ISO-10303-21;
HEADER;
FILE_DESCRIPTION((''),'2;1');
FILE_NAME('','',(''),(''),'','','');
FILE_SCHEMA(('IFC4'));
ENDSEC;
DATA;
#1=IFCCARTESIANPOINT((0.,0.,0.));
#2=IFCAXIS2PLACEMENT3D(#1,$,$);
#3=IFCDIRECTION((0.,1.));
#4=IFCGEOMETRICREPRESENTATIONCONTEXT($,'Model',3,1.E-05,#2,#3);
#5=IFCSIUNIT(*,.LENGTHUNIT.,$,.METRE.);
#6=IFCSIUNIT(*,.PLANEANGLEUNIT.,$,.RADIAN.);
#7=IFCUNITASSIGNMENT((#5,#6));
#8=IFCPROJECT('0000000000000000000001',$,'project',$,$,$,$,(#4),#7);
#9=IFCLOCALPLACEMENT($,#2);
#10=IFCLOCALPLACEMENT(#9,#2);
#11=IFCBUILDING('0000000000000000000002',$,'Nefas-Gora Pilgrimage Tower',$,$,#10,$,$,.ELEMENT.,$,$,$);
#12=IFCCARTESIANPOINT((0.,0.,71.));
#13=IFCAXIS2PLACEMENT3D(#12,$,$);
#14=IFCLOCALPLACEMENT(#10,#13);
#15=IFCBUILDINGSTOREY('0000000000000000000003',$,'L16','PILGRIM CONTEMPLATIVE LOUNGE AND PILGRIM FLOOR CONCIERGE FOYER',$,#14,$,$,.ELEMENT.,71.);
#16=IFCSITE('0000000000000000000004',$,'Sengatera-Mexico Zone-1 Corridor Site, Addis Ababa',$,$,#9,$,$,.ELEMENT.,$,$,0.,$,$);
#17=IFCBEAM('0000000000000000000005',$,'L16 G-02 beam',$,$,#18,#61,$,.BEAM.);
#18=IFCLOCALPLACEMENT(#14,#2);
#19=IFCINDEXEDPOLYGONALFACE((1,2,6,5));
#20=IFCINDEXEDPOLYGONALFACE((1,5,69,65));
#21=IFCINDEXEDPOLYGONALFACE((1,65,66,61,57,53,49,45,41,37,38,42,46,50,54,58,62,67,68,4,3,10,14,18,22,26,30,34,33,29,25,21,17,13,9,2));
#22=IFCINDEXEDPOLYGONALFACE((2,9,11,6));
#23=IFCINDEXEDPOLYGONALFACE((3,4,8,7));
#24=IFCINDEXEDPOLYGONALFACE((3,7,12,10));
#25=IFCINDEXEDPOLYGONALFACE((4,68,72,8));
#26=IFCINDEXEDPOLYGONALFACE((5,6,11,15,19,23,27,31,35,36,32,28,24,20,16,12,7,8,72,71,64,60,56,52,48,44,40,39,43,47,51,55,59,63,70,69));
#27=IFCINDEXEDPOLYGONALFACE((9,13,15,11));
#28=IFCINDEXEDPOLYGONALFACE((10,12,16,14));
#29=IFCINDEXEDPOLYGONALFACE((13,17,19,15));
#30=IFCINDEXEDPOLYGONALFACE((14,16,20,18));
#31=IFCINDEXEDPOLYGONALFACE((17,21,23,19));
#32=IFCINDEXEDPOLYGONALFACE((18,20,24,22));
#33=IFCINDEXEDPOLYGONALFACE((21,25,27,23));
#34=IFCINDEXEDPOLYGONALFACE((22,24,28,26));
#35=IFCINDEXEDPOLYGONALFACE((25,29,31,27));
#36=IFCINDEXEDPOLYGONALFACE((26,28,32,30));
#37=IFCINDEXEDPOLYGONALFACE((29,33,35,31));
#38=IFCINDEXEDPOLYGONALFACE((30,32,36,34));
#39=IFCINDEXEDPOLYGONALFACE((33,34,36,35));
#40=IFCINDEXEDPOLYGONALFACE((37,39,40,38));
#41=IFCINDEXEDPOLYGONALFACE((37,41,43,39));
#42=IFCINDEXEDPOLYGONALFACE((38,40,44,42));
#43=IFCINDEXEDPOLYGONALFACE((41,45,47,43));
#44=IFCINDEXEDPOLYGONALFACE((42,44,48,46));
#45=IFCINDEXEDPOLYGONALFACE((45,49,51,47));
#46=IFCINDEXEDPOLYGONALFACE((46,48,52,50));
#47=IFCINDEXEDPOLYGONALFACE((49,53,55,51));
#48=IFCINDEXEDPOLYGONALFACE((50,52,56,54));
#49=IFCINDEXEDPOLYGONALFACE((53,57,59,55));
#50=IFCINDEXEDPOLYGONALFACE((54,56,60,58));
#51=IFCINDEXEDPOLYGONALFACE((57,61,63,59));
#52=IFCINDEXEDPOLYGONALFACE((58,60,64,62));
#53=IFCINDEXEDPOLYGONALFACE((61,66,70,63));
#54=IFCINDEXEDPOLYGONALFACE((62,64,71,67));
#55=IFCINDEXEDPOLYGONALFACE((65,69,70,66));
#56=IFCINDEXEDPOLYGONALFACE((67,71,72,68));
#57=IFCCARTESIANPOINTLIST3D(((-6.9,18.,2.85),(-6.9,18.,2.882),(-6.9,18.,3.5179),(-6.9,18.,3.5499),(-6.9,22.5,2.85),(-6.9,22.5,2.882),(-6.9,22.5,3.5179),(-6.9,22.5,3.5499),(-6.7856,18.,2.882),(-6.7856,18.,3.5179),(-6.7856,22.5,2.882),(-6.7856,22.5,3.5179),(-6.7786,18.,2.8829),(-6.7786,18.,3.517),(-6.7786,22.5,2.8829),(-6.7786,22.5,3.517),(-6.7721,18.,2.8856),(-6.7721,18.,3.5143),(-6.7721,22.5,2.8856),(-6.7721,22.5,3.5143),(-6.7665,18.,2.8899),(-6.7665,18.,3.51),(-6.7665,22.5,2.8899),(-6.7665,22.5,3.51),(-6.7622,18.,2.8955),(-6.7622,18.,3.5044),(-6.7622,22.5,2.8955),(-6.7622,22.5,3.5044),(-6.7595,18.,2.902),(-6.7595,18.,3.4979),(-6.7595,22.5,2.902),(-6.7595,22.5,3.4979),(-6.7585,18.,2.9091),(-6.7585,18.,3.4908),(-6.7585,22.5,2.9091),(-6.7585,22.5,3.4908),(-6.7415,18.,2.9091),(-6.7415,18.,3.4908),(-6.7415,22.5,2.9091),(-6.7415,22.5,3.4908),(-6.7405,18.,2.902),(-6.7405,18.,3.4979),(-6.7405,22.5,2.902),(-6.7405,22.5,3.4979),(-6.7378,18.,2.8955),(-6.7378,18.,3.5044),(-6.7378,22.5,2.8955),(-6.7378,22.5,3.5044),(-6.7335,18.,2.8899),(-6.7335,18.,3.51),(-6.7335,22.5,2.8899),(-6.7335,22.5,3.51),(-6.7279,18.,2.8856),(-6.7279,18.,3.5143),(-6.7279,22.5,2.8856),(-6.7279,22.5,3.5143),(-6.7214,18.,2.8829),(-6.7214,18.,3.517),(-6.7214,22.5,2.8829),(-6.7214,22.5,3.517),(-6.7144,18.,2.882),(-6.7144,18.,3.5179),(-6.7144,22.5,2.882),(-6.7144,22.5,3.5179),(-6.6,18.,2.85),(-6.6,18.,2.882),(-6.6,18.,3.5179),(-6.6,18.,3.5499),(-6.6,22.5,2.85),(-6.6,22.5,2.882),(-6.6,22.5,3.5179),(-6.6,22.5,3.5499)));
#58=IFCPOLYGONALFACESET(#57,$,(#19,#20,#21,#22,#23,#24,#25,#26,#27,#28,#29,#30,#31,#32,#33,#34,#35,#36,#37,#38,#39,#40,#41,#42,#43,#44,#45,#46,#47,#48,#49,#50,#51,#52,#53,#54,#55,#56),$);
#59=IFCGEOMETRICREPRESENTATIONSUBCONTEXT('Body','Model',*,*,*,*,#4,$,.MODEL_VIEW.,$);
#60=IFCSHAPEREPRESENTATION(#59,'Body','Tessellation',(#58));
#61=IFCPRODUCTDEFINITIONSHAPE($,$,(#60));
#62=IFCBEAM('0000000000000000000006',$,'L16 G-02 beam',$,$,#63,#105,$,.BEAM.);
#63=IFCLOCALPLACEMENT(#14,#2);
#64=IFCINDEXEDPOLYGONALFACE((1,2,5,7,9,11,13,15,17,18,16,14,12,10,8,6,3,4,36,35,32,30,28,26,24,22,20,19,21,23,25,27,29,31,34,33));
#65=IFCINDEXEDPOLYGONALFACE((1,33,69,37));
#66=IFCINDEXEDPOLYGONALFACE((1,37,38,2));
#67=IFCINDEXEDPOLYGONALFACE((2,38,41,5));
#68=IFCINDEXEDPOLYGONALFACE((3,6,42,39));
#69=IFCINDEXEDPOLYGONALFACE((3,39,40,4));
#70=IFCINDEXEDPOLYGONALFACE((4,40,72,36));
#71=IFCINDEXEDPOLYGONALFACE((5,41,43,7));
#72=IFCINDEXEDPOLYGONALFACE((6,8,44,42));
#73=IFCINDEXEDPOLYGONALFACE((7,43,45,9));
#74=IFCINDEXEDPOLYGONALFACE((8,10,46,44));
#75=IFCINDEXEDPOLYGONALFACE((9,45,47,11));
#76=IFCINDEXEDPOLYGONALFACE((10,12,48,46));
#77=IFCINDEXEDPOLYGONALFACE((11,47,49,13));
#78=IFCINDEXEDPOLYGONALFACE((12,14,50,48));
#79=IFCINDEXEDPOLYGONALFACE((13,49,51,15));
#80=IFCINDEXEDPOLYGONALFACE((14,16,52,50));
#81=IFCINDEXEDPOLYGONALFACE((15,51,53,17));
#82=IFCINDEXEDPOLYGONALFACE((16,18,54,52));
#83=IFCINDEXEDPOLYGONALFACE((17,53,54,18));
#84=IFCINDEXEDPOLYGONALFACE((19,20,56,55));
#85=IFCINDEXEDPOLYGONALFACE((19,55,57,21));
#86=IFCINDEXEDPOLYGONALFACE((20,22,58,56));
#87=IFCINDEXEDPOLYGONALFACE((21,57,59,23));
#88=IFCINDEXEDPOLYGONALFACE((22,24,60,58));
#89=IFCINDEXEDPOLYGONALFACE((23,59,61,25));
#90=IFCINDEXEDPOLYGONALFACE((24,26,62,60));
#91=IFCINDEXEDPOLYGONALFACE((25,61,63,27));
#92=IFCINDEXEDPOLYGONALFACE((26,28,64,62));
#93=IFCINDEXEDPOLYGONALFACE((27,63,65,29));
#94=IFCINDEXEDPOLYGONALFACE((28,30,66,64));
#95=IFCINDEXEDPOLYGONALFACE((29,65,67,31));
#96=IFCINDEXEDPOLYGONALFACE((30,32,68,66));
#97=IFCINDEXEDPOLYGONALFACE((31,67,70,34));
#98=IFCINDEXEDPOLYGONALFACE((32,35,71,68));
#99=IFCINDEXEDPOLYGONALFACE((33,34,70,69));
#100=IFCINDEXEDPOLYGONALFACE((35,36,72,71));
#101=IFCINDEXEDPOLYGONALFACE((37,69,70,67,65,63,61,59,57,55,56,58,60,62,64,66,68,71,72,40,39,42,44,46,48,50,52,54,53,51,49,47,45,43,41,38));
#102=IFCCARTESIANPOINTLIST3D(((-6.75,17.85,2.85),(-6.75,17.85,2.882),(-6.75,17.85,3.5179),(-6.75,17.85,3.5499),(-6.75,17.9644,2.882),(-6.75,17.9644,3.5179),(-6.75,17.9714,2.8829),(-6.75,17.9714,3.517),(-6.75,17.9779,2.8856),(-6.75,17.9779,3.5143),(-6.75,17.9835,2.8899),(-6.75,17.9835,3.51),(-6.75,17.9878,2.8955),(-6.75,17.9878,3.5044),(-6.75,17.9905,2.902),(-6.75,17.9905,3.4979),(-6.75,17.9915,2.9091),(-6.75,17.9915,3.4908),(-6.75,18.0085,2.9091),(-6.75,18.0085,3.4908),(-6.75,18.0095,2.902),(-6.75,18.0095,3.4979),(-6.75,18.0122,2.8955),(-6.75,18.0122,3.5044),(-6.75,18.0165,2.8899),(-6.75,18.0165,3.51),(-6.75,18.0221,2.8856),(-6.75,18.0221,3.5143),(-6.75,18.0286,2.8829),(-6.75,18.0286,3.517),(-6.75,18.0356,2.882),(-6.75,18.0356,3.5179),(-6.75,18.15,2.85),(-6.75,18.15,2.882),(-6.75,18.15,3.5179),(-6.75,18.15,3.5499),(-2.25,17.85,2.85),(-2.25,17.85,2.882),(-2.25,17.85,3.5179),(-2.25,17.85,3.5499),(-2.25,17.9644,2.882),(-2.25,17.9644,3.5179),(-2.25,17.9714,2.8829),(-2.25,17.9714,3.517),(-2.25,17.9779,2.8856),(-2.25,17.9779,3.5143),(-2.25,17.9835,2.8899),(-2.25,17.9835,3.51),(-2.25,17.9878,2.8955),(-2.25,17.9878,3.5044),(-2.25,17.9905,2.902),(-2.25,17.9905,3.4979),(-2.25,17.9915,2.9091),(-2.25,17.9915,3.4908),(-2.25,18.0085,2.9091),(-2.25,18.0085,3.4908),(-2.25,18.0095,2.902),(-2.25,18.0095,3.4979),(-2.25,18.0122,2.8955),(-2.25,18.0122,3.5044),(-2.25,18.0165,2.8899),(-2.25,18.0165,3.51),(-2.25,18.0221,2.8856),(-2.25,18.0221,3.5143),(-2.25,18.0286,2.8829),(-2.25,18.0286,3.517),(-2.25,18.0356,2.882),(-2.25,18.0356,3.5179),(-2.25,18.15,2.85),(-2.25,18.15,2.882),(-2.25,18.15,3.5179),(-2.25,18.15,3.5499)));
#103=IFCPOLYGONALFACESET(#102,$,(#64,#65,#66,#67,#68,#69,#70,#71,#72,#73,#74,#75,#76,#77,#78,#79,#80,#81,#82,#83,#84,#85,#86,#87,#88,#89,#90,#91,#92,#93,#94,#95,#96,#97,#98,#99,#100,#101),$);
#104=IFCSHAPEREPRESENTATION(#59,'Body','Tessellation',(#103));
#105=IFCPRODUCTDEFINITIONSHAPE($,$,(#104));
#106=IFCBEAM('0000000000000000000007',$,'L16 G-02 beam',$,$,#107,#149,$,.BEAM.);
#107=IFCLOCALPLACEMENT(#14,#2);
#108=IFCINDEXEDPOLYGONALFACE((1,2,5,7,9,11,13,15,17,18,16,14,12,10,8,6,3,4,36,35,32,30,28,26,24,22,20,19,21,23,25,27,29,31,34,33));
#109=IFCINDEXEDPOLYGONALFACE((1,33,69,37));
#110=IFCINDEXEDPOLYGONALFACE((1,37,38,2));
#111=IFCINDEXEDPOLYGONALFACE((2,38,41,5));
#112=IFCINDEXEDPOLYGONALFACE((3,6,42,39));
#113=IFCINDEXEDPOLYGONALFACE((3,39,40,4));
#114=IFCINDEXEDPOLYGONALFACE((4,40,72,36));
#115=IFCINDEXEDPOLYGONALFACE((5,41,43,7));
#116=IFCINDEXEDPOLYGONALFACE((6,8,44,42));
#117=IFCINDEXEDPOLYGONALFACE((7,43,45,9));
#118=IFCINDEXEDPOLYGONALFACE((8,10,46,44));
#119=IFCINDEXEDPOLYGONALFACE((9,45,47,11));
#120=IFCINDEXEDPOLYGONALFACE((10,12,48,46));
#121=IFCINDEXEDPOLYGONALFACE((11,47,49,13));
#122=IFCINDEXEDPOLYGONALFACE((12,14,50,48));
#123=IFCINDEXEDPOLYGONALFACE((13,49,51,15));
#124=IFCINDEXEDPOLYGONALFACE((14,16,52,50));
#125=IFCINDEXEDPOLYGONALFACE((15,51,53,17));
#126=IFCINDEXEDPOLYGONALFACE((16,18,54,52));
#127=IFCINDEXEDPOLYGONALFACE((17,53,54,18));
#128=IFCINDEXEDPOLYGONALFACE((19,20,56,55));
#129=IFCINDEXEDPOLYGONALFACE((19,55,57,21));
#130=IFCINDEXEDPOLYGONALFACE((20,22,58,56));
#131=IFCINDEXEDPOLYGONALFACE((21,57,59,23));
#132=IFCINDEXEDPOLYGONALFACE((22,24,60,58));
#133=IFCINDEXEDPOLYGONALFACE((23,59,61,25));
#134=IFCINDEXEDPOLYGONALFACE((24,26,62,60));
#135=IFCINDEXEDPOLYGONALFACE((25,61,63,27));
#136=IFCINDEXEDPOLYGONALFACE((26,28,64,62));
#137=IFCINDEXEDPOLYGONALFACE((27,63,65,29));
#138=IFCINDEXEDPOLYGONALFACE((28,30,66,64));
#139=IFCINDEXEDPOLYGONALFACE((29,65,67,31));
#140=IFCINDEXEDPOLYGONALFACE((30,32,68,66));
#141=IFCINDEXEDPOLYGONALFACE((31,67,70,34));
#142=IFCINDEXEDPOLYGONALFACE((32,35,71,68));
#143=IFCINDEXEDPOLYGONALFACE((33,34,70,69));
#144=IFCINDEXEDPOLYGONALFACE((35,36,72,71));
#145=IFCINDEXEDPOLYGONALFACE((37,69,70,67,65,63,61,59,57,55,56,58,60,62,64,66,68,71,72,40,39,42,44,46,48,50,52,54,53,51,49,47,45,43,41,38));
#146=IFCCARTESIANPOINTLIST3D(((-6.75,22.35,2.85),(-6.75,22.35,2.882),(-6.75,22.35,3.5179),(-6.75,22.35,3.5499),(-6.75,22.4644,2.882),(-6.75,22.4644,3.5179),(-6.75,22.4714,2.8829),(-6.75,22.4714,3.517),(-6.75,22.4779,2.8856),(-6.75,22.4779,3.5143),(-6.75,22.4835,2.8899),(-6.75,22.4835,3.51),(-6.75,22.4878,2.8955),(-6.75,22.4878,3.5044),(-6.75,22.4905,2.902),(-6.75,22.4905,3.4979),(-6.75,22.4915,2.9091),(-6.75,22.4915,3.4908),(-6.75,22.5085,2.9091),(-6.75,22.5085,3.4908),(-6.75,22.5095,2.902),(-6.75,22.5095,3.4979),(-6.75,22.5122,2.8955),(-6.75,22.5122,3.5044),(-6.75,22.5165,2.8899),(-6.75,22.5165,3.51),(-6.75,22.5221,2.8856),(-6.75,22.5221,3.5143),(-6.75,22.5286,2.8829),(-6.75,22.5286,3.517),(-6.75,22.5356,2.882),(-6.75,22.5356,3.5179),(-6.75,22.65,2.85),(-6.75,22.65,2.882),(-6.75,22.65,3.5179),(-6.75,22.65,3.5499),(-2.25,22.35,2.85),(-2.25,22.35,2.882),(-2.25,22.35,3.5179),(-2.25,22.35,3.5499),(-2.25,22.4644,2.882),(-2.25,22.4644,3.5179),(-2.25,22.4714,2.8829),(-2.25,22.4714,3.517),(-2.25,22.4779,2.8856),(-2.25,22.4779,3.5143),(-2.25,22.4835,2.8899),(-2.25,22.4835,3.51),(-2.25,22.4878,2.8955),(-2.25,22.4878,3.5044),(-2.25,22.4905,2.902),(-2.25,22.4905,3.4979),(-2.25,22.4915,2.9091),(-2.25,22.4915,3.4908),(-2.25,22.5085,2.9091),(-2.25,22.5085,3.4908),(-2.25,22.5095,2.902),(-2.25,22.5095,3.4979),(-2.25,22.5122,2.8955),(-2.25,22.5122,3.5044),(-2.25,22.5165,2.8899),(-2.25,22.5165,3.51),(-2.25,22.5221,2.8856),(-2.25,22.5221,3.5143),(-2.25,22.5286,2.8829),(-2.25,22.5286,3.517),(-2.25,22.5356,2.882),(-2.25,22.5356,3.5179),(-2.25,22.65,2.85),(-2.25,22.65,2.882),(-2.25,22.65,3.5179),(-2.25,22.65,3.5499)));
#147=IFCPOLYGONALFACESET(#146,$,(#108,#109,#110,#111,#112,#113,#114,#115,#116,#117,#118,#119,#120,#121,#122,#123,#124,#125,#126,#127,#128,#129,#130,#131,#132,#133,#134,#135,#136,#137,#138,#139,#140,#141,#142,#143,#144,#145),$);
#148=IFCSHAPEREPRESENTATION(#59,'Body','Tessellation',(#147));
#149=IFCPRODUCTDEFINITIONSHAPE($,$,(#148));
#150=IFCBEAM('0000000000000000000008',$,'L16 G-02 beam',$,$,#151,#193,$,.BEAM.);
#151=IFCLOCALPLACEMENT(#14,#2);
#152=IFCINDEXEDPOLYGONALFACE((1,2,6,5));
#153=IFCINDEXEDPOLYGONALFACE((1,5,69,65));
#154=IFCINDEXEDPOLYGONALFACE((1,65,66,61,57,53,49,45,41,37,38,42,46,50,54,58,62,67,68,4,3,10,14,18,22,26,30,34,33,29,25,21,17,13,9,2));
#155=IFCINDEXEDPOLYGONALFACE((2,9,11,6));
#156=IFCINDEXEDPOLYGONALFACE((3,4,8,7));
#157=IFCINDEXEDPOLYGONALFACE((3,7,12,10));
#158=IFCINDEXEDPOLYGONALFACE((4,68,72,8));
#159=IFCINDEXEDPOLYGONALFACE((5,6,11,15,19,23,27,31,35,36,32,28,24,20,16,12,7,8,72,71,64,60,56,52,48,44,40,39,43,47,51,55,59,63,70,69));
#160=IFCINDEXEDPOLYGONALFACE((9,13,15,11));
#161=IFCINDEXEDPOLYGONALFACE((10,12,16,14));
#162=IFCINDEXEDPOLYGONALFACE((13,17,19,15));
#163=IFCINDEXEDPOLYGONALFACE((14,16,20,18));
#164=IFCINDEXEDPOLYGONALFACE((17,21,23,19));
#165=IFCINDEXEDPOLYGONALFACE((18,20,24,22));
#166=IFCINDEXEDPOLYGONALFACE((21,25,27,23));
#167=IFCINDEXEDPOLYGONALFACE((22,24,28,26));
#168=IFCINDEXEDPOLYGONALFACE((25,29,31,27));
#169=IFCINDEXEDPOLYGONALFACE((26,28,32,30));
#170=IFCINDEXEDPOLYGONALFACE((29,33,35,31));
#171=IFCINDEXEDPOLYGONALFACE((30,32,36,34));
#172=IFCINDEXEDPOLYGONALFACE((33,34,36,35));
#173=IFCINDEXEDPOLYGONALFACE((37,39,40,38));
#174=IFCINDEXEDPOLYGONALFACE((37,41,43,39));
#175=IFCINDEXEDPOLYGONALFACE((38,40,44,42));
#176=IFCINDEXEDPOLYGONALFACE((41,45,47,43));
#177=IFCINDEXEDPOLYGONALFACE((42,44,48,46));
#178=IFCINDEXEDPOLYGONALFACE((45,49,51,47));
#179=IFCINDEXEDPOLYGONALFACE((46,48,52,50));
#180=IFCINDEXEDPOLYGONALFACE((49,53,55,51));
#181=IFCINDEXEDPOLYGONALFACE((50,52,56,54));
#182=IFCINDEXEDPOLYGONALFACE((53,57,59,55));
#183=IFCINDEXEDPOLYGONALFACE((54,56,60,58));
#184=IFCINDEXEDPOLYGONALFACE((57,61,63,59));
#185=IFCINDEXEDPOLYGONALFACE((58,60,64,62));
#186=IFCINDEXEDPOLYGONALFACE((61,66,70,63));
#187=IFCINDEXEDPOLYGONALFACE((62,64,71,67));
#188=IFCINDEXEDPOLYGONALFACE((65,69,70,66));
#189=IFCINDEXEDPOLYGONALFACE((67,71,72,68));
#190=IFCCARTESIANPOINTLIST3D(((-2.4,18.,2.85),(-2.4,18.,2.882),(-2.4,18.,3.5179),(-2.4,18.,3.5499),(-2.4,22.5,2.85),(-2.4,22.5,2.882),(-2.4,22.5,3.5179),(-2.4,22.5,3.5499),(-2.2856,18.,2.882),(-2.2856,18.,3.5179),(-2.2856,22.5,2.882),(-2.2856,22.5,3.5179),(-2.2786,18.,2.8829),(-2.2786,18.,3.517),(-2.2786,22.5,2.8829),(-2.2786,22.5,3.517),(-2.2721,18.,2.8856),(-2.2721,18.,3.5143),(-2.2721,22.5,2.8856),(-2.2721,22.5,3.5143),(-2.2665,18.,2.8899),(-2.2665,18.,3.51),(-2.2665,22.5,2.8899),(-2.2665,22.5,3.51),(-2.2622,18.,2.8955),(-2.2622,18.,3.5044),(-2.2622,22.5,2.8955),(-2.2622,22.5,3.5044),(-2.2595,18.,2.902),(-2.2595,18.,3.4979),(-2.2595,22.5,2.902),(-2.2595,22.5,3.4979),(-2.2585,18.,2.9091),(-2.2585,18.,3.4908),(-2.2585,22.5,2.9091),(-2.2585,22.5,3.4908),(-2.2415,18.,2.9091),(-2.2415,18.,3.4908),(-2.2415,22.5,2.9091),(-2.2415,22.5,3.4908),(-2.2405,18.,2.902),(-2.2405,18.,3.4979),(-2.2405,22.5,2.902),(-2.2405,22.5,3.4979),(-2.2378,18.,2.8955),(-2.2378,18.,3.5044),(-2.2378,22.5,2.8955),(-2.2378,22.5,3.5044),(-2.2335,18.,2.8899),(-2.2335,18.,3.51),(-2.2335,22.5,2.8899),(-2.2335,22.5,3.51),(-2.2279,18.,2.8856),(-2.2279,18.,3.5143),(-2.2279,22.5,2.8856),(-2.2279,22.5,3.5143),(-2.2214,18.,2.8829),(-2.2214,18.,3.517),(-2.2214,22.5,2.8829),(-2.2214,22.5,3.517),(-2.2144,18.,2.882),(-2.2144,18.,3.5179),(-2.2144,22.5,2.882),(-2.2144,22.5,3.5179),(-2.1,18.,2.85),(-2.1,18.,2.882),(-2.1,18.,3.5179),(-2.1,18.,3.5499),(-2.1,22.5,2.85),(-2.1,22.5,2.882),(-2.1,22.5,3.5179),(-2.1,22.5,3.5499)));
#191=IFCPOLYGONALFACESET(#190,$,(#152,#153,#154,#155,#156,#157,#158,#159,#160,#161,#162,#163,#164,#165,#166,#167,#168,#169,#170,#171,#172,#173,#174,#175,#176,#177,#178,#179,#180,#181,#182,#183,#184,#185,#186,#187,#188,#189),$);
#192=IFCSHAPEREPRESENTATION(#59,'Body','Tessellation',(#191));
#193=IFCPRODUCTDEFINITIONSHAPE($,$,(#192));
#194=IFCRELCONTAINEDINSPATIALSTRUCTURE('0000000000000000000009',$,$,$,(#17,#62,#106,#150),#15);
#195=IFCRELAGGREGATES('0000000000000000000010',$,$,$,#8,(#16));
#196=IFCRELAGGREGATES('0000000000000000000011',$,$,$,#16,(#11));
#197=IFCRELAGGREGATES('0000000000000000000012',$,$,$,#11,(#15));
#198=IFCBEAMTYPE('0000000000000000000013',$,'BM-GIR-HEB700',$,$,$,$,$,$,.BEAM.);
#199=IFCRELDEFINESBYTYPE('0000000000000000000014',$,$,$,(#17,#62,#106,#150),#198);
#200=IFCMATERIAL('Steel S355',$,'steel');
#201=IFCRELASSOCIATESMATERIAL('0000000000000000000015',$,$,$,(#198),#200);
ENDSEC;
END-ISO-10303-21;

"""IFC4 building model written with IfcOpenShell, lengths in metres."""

from ifc_helpers import new_model, si_unit, direction, frame, origin, origin_2d, place, context, subcontext, project, spatial, i_section, extrude, source, transform, mapped, material, material_profile, profile_set, type_object, element, save


model = new_model("IFC4")

# Units and contexts
model_context = context("Model", 3, precision=1e-05, world=origin(), true_north=direction((0.0, 1.0)))
body_context = subcontext(model_context, "Body", "Model", "MODEL_VIEW")
ifc_project = project(units=[si_unit("LENGTHUNIT", "METRE"), si_unit("PLANEANGLEUNIT", "RADIAN")], contexts=[model_context])

# Site, building, storey
site_placement = place(None, origin())
site = spatial("IfcSite", under=ifc_project, at=site_placement, Name="Sengatera-Mexico Zone-1 Corridor Site, Addis Ababa", CompositionType="ELEMENT", RefElevation=0.0)
building_placement = place(site_placement, origin())
building = spatial("IfcBuilding", under=site, at=building_placement, Name="Nefas-Gora Pilgrimage Tower", CompositionType="ELEMENT")
storey_placement = place(building_placement, frame((0.0, 0.0, 71.0)))
storey = spatial("IfcBuildingStorey", under=building, at=storey_placement, Name="L16", Description="PILGRIM CONTEMPLATIVE LOUNGE AND PILGRIM FLOOR CONCIERGE FOYER", CompositionType="ELEMENT", Elevation=71.0)

# Beams
ifc_material_1 = material(Name="Steel S355", Category="steel")
ifc_material_profile_1 = material_profile(ifc_material_1, i_section(OverallWidth=0.3, OverallDepth=0.7, WebThickness=0.0171, FlangeThickness=0.032, FilletRadius=0.0271, at=origin_2d()), Name="HEB 700")
ifc_profile_set_1 = profile_set([ifc_material_profile_1], Name="Steel S355")
beam_type = type_object("IfcBeamType", Name="BM-GIR-HEB700", PredefinedType="BEAM", material=ifc_profile_set_1)
shared_shape_1 = source(origin(), body_context, "Body", "SweptSolid", [
    extrude(i_section(OverallWidth=0.3, OverallDepth=0.7, WebThickness=0.0171, FlangeThickness=0.032, FilletRadius=0.0271, at=origin_2d()), origin(), (0.0, 0.0, 1.0), 4.5),
])
for number, where, z_axis, x_axis, name in (
    (1, (-6.75, 18.0, 3.2), (0.0, 1.0, 0.0), (-1.0, 0.0, 0.0), "L16 G-02 beam"),
    (2, (-6.75, 18.0, 3.2), (1.0, 0.0, 0.0), (0.0, 1.0, 0.0), "L16 G-02 beam"),
    (3, (-6.75, 22.5, 3.2), (1.0, 0.0, 0.0), (0.0, 1.0, 0.0), "L16 G-02 beam"),
    (4, (-2.25, 18.0, 3.2), (0.0, 1.0, 0.0), (-1.0, 0.0, 0.0), "L16 G-02 beam"),
):
    element("IfcBeam", number, at=place(storey_placement, frame(where, z_axis=z_axis, x_axis=x_axis)), inside=storey, type_object=beam_type, Name=name, PredefinedType="BEAM", context=body_context, shape_type="MappedRepresentation", body=[
        mapped(shared_shape_1, transform((0.0, 0.0, 0.0), x_axis=(1.0, 0.0, 0.0), y_axis=(0.0, 1.0, 0.0), z_axis=(0.0, 0.0, 1.0), scale=1.0)),
    ])

save(model, "model.ifc")
